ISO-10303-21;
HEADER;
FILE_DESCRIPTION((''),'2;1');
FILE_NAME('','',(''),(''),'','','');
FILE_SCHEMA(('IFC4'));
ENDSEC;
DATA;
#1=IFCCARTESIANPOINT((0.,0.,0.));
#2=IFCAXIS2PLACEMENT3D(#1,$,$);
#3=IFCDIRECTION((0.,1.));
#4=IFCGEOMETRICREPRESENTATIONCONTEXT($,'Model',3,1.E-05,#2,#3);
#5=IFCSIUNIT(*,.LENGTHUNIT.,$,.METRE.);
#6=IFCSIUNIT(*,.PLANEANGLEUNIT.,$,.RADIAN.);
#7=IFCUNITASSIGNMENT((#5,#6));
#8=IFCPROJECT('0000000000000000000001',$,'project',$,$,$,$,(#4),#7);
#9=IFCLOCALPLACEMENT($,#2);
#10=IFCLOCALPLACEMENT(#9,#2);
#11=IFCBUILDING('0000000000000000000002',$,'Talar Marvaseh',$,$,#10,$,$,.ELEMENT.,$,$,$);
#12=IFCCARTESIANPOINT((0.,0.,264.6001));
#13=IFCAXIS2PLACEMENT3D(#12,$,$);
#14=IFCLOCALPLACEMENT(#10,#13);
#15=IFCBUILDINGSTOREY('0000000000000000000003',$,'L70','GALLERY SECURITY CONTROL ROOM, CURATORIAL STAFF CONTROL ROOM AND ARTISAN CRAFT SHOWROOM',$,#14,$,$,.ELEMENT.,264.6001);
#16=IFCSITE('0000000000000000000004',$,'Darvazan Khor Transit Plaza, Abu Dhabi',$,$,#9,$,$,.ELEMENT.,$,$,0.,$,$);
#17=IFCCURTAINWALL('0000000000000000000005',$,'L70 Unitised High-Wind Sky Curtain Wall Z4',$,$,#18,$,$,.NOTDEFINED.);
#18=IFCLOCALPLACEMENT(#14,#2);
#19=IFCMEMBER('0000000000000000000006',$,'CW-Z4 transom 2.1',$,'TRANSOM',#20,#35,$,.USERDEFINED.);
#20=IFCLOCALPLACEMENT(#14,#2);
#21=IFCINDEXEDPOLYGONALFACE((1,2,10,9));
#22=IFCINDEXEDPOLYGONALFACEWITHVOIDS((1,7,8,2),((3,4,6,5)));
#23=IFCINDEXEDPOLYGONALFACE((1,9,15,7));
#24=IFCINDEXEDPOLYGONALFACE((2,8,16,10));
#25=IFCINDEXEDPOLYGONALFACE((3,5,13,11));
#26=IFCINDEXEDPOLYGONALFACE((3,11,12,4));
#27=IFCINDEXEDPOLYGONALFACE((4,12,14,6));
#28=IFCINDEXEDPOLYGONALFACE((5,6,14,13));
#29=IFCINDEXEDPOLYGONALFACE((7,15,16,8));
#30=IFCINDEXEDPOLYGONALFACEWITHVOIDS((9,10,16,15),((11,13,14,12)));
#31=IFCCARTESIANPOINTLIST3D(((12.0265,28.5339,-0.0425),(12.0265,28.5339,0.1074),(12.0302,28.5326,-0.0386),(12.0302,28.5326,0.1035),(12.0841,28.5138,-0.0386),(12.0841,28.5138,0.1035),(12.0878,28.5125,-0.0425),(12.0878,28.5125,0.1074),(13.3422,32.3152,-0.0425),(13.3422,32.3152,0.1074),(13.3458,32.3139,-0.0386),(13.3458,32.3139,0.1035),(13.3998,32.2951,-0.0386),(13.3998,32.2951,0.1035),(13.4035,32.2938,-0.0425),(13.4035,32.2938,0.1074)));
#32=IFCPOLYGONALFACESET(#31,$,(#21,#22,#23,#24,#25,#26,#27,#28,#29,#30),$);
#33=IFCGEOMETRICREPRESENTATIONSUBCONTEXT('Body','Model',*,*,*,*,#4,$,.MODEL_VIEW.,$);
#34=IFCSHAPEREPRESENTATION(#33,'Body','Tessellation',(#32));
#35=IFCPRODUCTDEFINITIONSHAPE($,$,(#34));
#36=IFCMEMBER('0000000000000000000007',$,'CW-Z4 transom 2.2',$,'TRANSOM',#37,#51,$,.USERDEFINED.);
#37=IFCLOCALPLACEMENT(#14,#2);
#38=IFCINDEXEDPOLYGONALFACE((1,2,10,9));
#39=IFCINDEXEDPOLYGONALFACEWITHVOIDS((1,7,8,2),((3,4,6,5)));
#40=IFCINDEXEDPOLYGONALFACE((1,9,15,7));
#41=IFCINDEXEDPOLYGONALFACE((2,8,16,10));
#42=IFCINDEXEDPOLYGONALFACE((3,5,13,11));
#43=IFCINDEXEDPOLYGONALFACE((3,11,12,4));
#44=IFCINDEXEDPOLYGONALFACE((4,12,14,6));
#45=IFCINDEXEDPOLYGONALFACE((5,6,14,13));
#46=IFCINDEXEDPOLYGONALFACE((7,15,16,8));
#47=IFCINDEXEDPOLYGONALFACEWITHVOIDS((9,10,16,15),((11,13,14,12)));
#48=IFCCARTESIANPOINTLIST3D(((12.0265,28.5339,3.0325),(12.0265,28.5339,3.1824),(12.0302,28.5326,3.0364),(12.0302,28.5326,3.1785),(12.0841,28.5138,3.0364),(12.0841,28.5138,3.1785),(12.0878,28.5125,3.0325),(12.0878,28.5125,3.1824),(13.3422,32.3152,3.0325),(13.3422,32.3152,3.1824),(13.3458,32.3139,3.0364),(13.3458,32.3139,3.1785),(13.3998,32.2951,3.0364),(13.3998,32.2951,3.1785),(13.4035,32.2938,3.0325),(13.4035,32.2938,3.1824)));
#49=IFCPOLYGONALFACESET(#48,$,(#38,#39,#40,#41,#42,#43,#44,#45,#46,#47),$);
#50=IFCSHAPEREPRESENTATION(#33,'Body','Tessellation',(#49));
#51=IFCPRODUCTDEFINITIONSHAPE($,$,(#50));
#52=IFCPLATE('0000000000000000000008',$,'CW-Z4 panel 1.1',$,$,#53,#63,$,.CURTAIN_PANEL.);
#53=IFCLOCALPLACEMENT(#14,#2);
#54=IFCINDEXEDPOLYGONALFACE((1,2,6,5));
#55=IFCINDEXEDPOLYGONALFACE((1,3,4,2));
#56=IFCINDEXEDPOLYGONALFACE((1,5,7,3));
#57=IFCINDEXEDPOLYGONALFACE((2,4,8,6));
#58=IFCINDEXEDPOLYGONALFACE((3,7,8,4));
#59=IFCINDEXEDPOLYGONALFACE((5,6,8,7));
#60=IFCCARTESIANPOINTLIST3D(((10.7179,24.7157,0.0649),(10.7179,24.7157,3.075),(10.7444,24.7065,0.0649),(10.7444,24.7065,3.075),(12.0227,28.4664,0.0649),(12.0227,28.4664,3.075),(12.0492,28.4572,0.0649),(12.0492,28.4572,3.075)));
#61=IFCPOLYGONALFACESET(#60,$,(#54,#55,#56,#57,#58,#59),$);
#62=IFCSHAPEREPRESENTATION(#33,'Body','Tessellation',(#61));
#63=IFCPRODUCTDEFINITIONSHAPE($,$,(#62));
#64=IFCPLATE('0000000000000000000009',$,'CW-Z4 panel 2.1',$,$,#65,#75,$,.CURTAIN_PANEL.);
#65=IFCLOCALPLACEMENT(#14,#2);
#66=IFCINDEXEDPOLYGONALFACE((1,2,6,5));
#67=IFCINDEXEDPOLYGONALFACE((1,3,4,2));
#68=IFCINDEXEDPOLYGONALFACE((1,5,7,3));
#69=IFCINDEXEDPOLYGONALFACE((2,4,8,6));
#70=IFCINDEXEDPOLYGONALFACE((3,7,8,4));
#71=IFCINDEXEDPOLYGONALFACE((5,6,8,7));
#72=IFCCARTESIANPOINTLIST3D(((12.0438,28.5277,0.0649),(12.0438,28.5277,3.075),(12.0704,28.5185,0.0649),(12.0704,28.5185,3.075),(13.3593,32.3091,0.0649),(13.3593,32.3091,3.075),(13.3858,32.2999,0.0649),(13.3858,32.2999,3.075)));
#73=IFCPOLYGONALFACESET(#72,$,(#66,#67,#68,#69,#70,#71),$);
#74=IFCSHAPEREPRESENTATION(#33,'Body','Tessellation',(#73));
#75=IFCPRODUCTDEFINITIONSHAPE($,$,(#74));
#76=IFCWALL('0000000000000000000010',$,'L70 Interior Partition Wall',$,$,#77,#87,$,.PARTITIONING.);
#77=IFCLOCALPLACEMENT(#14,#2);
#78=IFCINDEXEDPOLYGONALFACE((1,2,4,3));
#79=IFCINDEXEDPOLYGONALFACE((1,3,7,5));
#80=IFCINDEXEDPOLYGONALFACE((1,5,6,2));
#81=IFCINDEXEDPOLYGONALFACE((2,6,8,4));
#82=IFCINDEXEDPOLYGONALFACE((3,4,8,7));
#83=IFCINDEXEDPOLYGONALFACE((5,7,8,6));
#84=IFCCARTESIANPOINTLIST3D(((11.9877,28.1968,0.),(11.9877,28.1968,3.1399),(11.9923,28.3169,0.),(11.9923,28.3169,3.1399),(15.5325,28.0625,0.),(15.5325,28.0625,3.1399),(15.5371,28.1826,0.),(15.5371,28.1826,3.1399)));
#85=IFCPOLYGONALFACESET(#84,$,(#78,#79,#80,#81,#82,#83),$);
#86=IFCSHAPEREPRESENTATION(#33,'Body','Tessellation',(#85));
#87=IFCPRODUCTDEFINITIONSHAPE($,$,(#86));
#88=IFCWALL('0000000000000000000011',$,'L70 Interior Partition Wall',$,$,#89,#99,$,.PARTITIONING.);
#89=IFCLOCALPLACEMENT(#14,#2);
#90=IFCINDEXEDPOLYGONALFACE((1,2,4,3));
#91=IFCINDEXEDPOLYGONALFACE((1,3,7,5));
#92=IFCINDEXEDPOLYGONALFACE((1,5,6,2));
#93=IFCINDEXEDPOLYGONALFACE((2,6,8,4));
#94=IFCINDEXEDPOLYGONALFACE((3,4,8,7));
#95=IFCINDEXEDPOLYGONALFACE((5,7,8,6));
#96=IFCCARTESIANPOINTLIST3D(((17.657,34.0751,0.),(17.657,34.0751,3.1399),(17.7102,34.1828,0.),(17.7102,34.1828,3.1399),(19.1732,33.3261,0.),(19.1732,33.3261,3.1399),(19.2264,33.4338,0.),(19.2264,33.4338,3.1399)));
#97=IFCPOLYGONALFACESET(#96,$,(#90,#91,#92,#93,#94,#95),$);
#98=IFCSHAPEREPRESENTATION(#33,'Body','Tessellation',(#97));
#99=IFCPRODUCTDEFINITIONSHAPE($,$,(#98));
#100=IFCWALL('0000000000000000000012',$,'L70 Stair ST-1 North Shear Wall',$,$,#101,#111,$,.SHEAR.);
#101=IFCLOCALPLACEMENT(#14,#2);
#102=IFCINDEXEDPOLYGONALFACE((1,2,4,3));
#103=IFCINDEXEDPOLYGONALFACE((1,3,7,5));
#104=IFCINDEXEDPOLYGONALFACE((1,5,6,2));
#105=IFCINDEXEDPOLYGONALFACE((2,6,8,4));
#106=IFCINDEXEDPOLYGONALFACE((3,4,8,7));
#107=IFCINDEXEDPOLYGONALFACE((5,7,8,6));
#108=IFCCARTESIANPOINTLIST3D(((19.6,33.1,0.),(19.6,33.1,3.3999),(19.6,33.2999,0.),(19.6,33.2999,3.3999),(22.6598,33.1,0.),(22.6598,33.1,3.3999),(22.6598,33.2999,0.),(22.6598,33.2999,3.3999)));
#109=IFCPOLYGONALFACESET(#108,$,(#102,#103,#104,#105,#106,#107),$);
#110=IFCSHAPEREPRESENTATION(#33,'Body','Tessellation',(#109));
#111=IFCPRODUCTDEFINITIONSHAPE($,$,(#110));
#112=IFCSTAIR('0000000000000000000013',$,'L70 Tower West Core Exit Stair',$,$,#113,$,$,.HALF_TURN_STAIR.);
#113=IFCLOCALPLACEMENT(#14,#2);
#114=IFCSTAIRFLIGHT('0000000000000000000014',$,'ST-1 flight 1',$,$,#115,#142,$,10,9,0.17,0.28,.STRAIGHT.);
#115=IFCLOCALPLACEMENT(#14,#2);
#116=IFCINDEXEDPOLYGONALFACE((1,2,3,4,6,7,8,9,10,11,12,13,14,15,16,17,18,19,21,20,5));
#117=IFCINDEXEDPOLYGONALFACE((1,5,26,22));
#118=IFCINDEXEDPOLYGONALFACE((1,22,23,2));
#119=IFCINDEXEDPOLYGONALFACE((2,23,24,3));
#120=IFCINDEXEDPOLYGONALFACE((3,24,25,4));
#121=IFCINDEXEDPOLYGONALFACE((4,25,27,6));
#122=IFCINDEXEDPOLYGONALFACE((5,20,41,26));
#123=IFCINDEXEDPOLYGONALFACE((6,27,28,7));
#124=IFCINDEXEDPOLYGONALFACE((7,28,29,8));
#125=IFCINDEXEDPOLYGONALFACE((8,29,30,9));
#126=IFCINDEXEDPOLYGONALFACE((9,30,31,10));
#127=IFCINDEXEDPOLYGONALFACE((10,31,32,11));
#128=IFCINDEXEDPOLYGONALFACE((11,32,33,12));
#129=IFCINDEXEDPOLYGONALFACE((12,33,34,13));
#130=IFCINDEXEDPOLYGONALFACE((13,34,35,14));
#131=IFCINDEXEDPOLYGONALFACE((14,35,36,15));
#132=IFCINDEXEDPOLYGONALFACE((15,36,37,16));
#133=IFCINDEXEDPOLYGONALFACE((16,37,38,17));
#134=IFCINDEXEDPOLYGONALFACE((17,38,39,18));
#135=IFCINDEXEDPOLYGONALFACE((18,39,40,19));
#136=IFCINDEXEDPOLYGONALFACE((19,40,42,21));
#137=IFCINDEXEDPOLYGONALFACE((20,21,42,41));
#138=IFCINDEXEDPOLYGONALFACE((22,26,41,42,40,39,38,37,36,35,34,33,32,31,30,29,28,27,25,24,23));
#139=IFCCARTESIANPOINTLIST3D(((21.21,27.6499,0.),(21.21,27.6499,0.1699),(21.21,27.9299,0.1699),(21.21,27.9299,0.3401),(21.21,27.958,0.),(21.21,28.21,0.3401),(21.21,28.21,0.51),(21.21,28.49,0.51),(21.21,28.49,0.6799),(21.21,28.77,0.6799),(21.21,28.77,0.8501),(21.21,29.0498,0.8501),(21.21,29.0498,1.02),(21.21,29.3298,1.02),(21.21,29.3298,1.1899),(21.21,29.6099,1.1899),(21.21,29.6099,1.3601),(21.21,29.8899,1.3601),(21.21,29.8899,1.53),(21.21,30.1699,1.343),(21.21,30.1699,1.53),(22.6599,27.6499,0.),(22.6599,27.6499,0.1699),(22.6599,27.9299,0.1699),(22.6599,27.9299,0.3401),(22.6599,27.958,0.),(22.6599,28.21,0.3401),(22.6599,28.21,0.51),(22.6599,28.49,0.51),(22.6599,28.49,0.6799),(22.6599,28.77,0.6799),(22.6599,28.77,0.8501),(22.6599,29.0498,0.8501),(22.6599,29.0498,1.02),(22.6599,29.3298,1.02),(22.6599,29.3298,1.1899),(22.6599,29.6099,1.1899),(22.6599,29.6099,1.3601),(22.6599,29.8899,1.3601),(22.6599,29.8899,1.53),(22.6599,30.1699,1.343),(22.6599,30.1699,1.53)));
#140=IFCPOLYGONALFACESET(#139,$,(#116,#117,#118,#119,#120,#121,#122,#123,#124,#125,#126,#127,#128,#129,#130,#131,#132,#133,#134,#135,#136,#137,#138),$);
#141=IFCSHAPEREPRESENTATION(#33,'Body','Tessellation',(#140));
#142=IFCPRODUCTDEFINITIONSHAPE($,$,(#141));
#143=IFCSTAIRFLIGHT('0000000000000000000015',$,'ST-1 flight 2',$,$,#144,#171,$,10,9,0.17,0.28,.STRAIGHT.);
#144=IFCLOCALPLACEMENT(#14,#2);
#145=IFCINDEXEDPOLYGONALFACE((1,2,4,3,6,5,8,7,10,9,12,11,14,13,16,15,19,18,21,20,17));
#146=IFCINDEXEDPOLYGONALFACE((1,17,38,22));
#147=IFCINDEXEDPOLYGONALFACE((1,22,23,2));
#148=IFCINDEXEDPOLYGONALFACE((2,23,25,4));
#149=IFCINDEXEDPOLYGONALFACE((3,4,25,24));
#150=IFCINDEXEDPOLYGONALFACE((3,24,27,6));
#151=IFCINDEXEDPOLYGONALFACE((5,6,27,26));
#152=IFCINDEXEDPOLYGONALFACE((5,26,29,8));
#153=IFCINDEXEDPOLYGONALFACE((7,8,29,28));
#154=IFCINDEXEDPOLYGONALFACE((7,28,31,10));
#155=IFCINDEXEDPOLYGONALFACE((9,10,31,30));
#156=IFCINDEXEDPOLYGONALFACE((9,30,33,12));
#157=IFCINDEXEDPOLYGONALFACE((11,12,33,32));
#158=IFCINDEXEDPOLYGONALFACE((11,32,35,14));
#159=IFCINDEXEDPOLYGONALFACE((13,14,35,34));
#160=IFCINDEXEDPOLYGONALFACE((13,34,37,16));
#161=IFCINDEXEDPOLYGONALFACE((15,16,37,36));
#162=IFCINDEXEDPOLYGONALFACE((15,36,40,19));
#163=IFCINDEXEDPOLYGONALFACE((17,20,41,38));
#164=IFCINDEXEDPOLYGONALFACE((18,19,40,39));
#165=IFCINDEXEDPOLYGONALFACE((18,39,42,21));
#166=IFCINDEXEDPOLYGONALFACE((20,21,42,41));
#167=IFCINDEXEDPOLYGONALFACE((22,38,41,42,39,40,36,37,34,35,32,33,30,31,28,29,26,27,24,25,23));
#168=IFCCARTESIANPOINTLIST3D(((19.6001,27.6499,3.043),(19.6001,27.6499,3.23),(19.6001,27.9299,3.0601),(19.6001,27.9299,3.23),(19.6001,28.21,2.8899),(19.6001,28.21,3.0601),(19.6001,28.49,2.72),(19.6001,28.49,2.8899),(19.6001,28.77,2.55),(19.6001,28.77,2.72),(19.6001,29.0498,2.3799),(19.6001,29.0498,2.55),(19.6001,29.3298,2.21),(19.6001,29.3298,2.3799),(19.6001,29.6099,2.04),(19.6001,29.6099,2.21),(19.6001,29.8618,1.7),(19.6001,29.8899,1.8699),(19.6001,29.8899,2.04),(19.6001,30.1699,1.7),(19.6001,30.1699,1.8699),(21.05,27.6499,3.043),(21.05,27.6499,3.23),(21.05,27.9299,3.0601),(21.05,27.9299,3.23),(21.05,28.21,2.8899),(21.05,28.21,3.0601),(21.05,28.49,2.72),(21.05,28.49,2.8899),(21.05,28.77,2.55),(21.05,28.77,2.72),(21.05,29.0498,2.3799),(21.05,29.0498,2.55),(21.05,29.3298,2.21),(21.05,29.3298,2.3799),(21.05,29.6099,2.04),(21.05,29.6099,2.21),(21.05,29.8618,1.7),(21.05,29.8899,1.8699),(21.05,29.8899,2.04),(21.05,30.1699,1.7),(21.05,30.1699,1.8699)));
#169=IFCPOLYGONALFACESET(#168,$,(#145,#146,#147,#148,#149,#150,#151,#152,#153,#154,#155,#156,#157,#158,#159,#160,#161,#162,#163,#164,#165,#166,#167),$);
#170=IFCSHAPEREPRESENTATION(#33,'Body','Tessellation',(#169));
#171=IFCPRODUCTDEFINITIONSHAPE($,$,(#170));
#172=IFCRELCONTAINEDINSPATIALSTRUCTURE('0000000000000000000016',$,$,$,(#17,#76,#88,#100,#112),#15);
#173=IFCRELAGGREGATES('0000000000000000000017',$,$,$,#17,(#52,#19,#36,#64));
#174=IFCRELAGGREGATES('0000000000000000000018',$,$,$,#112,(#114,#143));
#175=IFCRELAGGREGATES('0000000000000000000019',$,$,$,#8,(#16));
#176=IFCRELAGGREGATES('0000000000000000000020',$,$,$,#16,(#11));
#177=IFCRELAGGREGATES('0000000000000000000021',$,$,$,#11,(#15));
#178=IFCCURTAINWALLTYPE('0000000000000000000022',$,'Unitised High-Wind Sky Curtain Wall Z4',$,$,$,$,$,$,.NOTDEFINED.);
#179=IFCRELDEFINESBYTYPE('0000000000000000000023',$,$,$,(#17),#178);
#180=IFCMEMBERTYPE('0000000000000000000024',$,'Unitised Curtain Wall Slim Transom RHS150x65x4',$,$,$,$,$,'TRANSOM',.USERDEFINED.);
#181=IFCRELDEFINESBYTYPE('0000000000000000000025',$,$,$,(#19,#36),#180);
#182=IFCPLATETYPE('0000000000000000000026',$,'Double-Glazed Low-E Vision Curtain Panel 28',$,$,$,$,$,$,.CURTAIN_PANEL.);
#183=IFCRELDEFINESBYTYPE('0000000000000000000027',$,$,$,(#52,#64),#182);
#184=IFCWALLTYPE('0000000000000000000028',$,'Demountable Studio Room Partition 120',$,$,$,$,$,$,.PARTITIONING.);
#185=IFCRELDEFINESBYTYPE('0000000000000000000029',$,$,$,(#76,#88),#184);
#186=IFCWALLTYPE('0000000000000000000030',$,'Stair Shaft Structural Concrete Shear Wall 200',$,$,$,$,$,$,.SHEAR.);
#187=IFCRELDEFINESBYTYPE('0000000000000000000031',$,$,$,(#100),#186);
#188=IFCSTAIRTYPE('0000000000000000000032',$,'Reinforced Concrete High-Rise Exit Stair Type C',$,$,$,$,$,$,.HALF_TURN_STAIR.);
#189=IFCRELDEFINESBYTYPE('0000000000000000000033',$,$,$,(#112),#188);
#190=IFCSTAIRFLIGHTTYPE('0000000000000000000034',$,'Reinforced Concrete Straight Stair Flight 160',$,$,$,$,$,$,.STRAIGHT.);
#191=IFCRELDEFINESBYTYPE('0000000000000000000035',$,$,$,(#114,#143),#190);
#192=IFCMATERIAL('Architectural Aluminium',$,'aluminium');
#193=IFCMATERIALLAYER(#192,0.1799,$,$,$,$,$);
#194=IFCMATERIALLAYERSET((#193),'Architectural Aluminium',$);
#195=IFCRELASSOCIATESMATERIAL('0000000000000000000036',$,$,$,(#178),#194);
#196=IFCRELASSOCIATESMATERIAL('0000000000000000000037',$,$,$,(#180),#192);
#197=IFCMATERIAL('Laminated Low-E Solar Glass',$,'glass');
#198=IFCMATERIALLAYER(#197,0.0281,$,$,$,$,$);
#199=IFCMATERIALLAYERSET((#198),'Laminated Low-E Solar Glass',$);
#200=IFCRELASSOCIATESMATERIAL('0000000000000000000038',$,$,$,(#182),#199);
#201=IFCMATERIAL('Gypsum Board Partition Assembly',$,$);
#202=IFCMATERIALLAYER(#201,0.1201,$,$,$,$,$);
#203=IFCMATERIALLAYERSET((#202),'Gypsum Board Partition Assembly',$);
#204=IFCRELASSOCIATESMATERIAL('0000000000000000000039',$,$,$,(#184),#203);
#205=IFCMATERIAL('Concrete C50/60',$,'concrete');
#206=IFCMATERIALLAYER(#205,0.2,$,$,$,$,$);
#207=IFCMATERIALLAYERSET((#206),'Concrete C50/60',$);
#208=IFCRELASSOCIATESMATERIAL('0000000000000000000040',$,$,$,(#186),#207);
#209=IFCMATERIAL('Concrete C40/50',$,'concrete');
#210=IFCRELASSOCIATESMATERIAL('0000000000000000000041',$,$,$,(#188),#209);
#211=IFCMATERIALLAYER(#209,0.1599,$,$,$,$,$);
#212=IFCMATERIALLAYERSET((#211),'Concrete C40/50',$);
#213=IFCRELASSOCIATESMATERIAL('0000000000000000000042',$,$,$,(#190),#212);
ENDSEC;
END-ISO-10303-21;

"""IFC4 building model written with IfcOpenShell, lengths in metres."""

from ifc_helpers import new_model, si_unit, direction, frame, frame_2d, origin, origin_2d, place, context, subcontext, project, spatial, polyline, rectangle, hollow_rectangle, outline, extrude, source, transform, mapped, material, layer, layer_set, material_profile, profile_set, type_object, type_shapes, element, aggregate, save


model = new_model("IFC4")

# Units and contexts
model_context = context("Model", 3, precision=1e-05, world=origin(), true_north=direction((0.0, 1.0)))
body_context = subcontext(model_context, "Body", "Model", "MODEL_VIEW")
ifc_project = project(units=[si_unit("LENGTHUNIT", "METRE"), si_unit("PLANEANGLEUNIT", "RADIAN")], contexts=[model_context])

# Site, building, storey
site_placement = place(None, origin())
site = spatial("IfcSite", under=ifc_project, at=site_placement, Name="Darvazan Khor Transit Plaza, Abu Dhabi", CompositionType="ELEMENT", RefElevation=0.0)
building_placement = place(site_placement, origin())
building = spatial("IfcBuilding", under=site, at=building_placement, Name="Talar Marvaseh", CompositionType="ELEMENT")
storey_placement = place(building_placement, frame((0.0, 0.0, 264.6001)))
storey = spatial("IfcBuildingStorey", under=building, at=storey_placement, Name="L70", Description="GALLERY SECURITY CONTROL ROOM, CURATORIAL STAFF CONTROL ROOM AND ARTISAN CRAFT SHOWROOM", CompositionType="ELEMENT", Elevation=264.6001)

# Shared definitions
ifc_material_1 = material(Name="Concrete C50/60", Category="concrete")

# Shared definitions
ifc_material_2 = material(Name="Concrete C40/50", Category="concrete")

# Curtain wall, members, plates
ifc_material_3 = material(Name="Architectural Aluminium", Category="aluminium")
ifc_layer_1 = layer(ifc_material_3, 0.1799)
ifc_layer_set_1 = layer_set([ifc_layer_1], Name="Architectural Aluminium")
curtain_wall_type = type_object("IfcCurtainWallType", Name="Unitised High-Wind Sky Curtain Wall Z4", PredefinedType="NOTDEFINED", material=ifc_layer_set_1)
curtain_wall_placement = place(storey_placement, origin())
curtain_wall = element("IfcCurtainWall", 1, at=curtain_wall_placement, inside=storey, type_object=curtain_wall_type, Name="L70 Unitised High-Wind Sky Curtain Wall Z4", PredefinedType="NOTDEFINED")
ifc_material_profile_1 = material_profile(ifc_material_3, hollow_rectangle(XDim=0.0649, YDim=0.1499, WallThickness=0.0039, at=origin_2d()), Name="RHS150x65x4")
ifc_profile_set_1 = profile_set([ifc_material_profile_1], Name="Architectural Aluminium")
member_type_1 = type_object("IfcMemberType", Name="Unitised Curtain Wall Slim Transom RHS150x65x4", ElementType="TRANSOM", PredefinedType="USERDEFINED", material=ifc_profile_set_1)
shared_shape_1 = source(origin(), body_context, "Body", "SweptSolid", [
    extrude(hollow_rectangle(XDim=0.0649, YDim=0.1499, WallThickness=0.0039, at=origin_2d()), origin(), (0.0, 0.0, 1.0), 4.0037),
])
member_1_placement = place(storey_placement, frame((12.0571, 28.5232, 0.0325), z_axis=(0.328622, 0.944461, 0.0), x_axis=(-0.944461, 0.328622, 0.0)))
member_1 = element("IfcMember", 2, at=member_1_placement, type_object=member_type_1, Name="CW-Z4 transom 2.1", ObjectType="TRANSOM", PredefinedType="USERDEFINED", context=body_context, shape_type="MappedRepresentation", body=[
    mapped(shared_shape_1, transform((0.0, 0.0, 0.0), x_axis=(1.0, 0.0, 0.0), y_axis=(0.0, 1.0, 0.0), z_axis=(0.0, 0.0, 1.0), scale=1.0)),
])
member_2_placement = place(storey_placement, frame((12.0571, 28.5232, 3.1074), z_axis=(0.328622, 0.944461, 0.0), x_axis=(-0.944461, 0.328622, 0.0)))
member_2 = element("IfcMember", 3, at=member_2_placement, type_object=member_type_1, Name="CW-Z4 transom 2.2", ObjectType="TRANSOM", PredefinedType="USERDEFINED", context=body_context, shape_type="MappedRepresentation", body=[
    mapped(shared_shape_1, transform((0.0, 0.0, 0.0), x_axis=(1.0, 0.0, 0.0), y_axis=(0.0, 1.0, 0.0), z_axis=(0.0, 0.0, 1.0), scale=1.0)),
])
ifc_material_4 = material(Name="Laminated Low-E Solar Glass", Category="glass")
ifc_layer_2 = layer(ifc_material_4, 0.0281)
ifc_layer_set_2 = layer_set([ifc_layer_2], Name="Laminated Low-E Solar Glass")
plate_type = type_object("IfcPlateType", Name="Double-Glazed Low-E Vision Curtain Panel 28", PredefinedType="CURTAIN_PANEL", material=ifc_layer_set_2)
shared_shape_2 = source(origin(), body_context, "Body", "SweptSolid", [
    extrude(rectangle(XDim=3.9712, YDim=0.0281, at=origin_2d()), origin(), (0.0, 0.0, 1.0), 3.01),
])
plate_1_placement = place(storey_placement, frame((11.3835, 26.5864, 0.0649), z_axis=(0.0, 0.0, 1.0), x_axis=(0.328569, 0.94448, 0.0)))
plate_1 = element("IfcPlate", 4, at=plate_1_placement, type_object=plate_type, Name="CW-Z4 panel 1.1", PredefinedType="CURTAIN_PANEL", context=body_context, shape_type="MappedRepresentation", body=[
    mapped(shared_shape_2, transform((0.0, 0.0, 0.0), x_axis=(1.0, 0.0, 0.0), y_axis=(0.0, 1.0, 0.0), z_axis=(0.0, 0.0, 1.0), scale=1.0)),
])
shared_shape_3 = source(origin(), body_context, "Body", "SweptSolid", [
    extrude(rectangle(XDim=4.0037, YDim=0.0281, at=origin_2d()), origin(), (0.0, 0.0, 1.0), 3.01),
])
type_shapes(plate_type, [shared_shape_2, shared_shape_3])
plate_2_placement = place(storey_placement, frame((12.7148, 30.4138, 0.0649), z_axis=(0.0, 0.0, 1.0), x_axis=(0.328569, 0.94448, 0.0)))
plate_2 = element("IfcPlate", 5, at=plate_2_placement, type_object=plate_type, Name="CW-Z4 panel 2.1", PredefinedType="CURTAIN_PANEL", context=body_context, shape_type="MappedRepresentation", body=[
    mapped(shared_shape_3, transform((0.0, 0.0, 0.0), x_axis=(1.0, 0.0, 0.0), y_axis=(0.0, 1.0, 0.0), z_axis=(0.0, 0.0, 1.0), scale=1.0)),
])
aggregate(curtain_wall, [plate_1, member_1, member_2, plate_2])

# Walls
ifc_material_5 = material(Name="Gypsum Board Partition Assembly")
ifc_layer_3 = layer(ifc_material_5, 0.1201)
ifc_layer_set_3 = layer_set([ifc_layer_3], Name="Gypsum Board Partition Assembly")
wall_type_1 = type_object("IfcWallType", Name="Demountable Studio Room Partition 120", PredefinedType="PARTITIONING", material=ifc_layer_set_3)
wall_1_placement = place(storey_placement, frame((11.99, 28.2568, 0.0), z_axis=(0.0, 0.0, 1.0), x_axis=(0.999283, -0.037852, 0.0)))
element("IfcWall", 6, at=wall_1_placement, inside=storey, type_object=wall_type_1, Name="L70 Interior Partition Wall", PredefinedType="PARTITIONING", context=body_context, shape_type="SweptSolid", body=[
    extrude(rectangle(XDim=3.5474, YDim=0.1201, at=frame_2d((1.7737, 0.0))), origin(), (0.0, 0.0, 1.0), 3.1399),
])
wall_2_placement = place(storey_placement, frame((19.2, 33.3799, 0.0), z_axis=(0.0, 0.0, 1.0), x_axis=(-0.896582, 0.442878, 0.0)))
element("IfcWall", 7, at=wall_2_placement, inside=storey, type_object=wall_type_1, Name="L70 Interior Partition Wall", PredefinedType="PARTITIONING", context=body_context, shape_type="SweptSolid", body=[
    extrude(rectangle(XDim=1.6912, YDim=0.1201, at=frame_2d((0.8457, 0.0))), origin(), (0.0, 0.0, 1.0), 3.1399),
])
ifc_layer_4 = layer(ifc_material_1, 0.2)
ifc_layer_set_4 = layer_set([ifc_layer_4], Name="Concrete C50/60")
wall_type_2 = type_object("IfcWallType", Name="Stair Shaft Structural Concrete Shear Wall 200", PredefinedType="SHEAR", material=ifc_layer_set_4)
wall_3_placement = place(storey_placement, frame((19.6001, 33.2, 0.0), z_axis=(0.0, 0.0, 1.0), x_axis=(1.0, 0.0, 0.0)))
element("IfcWall", 8, at=wall_3_placement, inside=storey, type_object=wall_type_2, Name="L70 Stair ST-1 North Shear Wall", PredefinedType="SHEAR", context=body_context, shape_type="SweptSolid", body=[
    extrude(rectangle(XDim=3.0598, YDim=0.2, at=frame_2d((1.5298, 0.0))), origin(), (0.0, 0.0, 1.0), 3.3999),
])

# Stair, stair flights
stair_type = type_object("IfcStairType", Name="Reinforced Concrete High-Rise Exit Stair Type C", PredefinedType="HALF_TURN_STAIR", material=ifc_material_2)
stair_placement = place(storey_placement, origin())
stair = element("IfcStair", 9, at=stair_placement, inside=storey, type_object=stair_type, Name="L70 Tower West Core Exit Stair", PredefinedType="HALF_TURN_STAIR")
ifc_layer_5 = layer(ifc_material_2, 0.1599)
ifc_layer_set_5 = layer_set([ifc_layer_5], Name="Concrete C40/50")
stair_flight_type = type_object("IfcStairFlightType", Name="Reinforced Concrete Straight Stair Flight 160", PredefinedType="STRAIGHT", material=ifc_layer_set_5)
stair_flight_1_placement = place(storey_placement, frame((21.9351, 27.6499, 0.0), z_axis=(0.0, 0.0, 1.0), x_axis=(0.0, 1.0, 0.0)))
stair_flight_1 = element("IfcStairFlight", 10, at=stair_flight_1_placement, type_object=stair_flight_type, Name="ST-1 flight 1", NumberOfRisers=10, NumberOfTreads=9, PredefinedType="STRAIGHT", RiserHeight=0.17, TreadLength=0.28, context=body_context, shape_type="SweptSolid", body=[
    extrude(outline(polyline([(0.0, 0.0), (0.0, 0.1699), (0.28, 0.1699), (0.28, 0.3401), (0.5601, 0.3401), (0.5601, 0.51), (0.8401, 0.51), (0.8401, 0.6799), (1.1201, 0.6799), (1.1201, 0.8501), (1.3999, 0.8501), (1.3999, 1.02), (1.6799, 1.02), (1.6799, 1.1899), (1.96, 1.1899), (1.96, 1.3601), (2.24, 1.3601), (2.24, 1.53), (2.52, 1.53), (2.52, 1.7), (2.52, 1.343), (0.3081, 0.0), (0.0, 0.0)])), frame((0.0, 0.7251, 0.0), z_axis=(0.0, -1.0, 0.0), x_axis=(1.0, 0.0, 0.0)), (0.0, 0.0, 1.0), 1.45),
])
stair_flight_2_placement = place(storey_placement, frame((20.325, 30.1699, 1.7), z_axis=(0.0, 0.0, 1.0), x_axis=(0.0, -1.0, 0.0)))
stair_flight_2 = element("IfcStairFlight", 11, at=stair_flight_2_placement, type_object=stair_flight_type, Name="ST-1 flight 2", NumberOfRisers=10, NumberOfTreads=9, PredefinedType="STRAIGHT", RiserHeight=0.17, TreadLength=0.28, context=body_context, shape_type="SweptSolid", body=[
    extrude(outline(polyline([(0.0, 0.0), (0.0, 0.1699), (0.28, 0.1699), (0.28, 0.3401), (0.5601, 0.3401), (0.5601, 0.51), (0.8401, 0.51), (0.8401, 0.6799), (1.1201, 0.6799), (1.1201, 0.8501), (1.3999, 0.8501), (1.3999, 1.02), (1.6799, 1.02), (1.6799, 1.1899), (1.96, 1.1899), (1.96, 1.3601), (2.24, 1.3601), (2.24, 1.53), (2.52, 1.53), (2.52, 1.7), (2.52, 1.343), (0.3081, 0.0), (0.0, 0.0)])), frame((0.0, 0.7251, 0.0), z_axis=(0.0, -1.0, 0.0), x_axis=(1.0, 0.0, 0.0)), (0.0, 0.0, 1.0), 1.45),
])
aggregate(stair, [stair_flight_1, stair_flight_2])

save(model, "model.ifc")
